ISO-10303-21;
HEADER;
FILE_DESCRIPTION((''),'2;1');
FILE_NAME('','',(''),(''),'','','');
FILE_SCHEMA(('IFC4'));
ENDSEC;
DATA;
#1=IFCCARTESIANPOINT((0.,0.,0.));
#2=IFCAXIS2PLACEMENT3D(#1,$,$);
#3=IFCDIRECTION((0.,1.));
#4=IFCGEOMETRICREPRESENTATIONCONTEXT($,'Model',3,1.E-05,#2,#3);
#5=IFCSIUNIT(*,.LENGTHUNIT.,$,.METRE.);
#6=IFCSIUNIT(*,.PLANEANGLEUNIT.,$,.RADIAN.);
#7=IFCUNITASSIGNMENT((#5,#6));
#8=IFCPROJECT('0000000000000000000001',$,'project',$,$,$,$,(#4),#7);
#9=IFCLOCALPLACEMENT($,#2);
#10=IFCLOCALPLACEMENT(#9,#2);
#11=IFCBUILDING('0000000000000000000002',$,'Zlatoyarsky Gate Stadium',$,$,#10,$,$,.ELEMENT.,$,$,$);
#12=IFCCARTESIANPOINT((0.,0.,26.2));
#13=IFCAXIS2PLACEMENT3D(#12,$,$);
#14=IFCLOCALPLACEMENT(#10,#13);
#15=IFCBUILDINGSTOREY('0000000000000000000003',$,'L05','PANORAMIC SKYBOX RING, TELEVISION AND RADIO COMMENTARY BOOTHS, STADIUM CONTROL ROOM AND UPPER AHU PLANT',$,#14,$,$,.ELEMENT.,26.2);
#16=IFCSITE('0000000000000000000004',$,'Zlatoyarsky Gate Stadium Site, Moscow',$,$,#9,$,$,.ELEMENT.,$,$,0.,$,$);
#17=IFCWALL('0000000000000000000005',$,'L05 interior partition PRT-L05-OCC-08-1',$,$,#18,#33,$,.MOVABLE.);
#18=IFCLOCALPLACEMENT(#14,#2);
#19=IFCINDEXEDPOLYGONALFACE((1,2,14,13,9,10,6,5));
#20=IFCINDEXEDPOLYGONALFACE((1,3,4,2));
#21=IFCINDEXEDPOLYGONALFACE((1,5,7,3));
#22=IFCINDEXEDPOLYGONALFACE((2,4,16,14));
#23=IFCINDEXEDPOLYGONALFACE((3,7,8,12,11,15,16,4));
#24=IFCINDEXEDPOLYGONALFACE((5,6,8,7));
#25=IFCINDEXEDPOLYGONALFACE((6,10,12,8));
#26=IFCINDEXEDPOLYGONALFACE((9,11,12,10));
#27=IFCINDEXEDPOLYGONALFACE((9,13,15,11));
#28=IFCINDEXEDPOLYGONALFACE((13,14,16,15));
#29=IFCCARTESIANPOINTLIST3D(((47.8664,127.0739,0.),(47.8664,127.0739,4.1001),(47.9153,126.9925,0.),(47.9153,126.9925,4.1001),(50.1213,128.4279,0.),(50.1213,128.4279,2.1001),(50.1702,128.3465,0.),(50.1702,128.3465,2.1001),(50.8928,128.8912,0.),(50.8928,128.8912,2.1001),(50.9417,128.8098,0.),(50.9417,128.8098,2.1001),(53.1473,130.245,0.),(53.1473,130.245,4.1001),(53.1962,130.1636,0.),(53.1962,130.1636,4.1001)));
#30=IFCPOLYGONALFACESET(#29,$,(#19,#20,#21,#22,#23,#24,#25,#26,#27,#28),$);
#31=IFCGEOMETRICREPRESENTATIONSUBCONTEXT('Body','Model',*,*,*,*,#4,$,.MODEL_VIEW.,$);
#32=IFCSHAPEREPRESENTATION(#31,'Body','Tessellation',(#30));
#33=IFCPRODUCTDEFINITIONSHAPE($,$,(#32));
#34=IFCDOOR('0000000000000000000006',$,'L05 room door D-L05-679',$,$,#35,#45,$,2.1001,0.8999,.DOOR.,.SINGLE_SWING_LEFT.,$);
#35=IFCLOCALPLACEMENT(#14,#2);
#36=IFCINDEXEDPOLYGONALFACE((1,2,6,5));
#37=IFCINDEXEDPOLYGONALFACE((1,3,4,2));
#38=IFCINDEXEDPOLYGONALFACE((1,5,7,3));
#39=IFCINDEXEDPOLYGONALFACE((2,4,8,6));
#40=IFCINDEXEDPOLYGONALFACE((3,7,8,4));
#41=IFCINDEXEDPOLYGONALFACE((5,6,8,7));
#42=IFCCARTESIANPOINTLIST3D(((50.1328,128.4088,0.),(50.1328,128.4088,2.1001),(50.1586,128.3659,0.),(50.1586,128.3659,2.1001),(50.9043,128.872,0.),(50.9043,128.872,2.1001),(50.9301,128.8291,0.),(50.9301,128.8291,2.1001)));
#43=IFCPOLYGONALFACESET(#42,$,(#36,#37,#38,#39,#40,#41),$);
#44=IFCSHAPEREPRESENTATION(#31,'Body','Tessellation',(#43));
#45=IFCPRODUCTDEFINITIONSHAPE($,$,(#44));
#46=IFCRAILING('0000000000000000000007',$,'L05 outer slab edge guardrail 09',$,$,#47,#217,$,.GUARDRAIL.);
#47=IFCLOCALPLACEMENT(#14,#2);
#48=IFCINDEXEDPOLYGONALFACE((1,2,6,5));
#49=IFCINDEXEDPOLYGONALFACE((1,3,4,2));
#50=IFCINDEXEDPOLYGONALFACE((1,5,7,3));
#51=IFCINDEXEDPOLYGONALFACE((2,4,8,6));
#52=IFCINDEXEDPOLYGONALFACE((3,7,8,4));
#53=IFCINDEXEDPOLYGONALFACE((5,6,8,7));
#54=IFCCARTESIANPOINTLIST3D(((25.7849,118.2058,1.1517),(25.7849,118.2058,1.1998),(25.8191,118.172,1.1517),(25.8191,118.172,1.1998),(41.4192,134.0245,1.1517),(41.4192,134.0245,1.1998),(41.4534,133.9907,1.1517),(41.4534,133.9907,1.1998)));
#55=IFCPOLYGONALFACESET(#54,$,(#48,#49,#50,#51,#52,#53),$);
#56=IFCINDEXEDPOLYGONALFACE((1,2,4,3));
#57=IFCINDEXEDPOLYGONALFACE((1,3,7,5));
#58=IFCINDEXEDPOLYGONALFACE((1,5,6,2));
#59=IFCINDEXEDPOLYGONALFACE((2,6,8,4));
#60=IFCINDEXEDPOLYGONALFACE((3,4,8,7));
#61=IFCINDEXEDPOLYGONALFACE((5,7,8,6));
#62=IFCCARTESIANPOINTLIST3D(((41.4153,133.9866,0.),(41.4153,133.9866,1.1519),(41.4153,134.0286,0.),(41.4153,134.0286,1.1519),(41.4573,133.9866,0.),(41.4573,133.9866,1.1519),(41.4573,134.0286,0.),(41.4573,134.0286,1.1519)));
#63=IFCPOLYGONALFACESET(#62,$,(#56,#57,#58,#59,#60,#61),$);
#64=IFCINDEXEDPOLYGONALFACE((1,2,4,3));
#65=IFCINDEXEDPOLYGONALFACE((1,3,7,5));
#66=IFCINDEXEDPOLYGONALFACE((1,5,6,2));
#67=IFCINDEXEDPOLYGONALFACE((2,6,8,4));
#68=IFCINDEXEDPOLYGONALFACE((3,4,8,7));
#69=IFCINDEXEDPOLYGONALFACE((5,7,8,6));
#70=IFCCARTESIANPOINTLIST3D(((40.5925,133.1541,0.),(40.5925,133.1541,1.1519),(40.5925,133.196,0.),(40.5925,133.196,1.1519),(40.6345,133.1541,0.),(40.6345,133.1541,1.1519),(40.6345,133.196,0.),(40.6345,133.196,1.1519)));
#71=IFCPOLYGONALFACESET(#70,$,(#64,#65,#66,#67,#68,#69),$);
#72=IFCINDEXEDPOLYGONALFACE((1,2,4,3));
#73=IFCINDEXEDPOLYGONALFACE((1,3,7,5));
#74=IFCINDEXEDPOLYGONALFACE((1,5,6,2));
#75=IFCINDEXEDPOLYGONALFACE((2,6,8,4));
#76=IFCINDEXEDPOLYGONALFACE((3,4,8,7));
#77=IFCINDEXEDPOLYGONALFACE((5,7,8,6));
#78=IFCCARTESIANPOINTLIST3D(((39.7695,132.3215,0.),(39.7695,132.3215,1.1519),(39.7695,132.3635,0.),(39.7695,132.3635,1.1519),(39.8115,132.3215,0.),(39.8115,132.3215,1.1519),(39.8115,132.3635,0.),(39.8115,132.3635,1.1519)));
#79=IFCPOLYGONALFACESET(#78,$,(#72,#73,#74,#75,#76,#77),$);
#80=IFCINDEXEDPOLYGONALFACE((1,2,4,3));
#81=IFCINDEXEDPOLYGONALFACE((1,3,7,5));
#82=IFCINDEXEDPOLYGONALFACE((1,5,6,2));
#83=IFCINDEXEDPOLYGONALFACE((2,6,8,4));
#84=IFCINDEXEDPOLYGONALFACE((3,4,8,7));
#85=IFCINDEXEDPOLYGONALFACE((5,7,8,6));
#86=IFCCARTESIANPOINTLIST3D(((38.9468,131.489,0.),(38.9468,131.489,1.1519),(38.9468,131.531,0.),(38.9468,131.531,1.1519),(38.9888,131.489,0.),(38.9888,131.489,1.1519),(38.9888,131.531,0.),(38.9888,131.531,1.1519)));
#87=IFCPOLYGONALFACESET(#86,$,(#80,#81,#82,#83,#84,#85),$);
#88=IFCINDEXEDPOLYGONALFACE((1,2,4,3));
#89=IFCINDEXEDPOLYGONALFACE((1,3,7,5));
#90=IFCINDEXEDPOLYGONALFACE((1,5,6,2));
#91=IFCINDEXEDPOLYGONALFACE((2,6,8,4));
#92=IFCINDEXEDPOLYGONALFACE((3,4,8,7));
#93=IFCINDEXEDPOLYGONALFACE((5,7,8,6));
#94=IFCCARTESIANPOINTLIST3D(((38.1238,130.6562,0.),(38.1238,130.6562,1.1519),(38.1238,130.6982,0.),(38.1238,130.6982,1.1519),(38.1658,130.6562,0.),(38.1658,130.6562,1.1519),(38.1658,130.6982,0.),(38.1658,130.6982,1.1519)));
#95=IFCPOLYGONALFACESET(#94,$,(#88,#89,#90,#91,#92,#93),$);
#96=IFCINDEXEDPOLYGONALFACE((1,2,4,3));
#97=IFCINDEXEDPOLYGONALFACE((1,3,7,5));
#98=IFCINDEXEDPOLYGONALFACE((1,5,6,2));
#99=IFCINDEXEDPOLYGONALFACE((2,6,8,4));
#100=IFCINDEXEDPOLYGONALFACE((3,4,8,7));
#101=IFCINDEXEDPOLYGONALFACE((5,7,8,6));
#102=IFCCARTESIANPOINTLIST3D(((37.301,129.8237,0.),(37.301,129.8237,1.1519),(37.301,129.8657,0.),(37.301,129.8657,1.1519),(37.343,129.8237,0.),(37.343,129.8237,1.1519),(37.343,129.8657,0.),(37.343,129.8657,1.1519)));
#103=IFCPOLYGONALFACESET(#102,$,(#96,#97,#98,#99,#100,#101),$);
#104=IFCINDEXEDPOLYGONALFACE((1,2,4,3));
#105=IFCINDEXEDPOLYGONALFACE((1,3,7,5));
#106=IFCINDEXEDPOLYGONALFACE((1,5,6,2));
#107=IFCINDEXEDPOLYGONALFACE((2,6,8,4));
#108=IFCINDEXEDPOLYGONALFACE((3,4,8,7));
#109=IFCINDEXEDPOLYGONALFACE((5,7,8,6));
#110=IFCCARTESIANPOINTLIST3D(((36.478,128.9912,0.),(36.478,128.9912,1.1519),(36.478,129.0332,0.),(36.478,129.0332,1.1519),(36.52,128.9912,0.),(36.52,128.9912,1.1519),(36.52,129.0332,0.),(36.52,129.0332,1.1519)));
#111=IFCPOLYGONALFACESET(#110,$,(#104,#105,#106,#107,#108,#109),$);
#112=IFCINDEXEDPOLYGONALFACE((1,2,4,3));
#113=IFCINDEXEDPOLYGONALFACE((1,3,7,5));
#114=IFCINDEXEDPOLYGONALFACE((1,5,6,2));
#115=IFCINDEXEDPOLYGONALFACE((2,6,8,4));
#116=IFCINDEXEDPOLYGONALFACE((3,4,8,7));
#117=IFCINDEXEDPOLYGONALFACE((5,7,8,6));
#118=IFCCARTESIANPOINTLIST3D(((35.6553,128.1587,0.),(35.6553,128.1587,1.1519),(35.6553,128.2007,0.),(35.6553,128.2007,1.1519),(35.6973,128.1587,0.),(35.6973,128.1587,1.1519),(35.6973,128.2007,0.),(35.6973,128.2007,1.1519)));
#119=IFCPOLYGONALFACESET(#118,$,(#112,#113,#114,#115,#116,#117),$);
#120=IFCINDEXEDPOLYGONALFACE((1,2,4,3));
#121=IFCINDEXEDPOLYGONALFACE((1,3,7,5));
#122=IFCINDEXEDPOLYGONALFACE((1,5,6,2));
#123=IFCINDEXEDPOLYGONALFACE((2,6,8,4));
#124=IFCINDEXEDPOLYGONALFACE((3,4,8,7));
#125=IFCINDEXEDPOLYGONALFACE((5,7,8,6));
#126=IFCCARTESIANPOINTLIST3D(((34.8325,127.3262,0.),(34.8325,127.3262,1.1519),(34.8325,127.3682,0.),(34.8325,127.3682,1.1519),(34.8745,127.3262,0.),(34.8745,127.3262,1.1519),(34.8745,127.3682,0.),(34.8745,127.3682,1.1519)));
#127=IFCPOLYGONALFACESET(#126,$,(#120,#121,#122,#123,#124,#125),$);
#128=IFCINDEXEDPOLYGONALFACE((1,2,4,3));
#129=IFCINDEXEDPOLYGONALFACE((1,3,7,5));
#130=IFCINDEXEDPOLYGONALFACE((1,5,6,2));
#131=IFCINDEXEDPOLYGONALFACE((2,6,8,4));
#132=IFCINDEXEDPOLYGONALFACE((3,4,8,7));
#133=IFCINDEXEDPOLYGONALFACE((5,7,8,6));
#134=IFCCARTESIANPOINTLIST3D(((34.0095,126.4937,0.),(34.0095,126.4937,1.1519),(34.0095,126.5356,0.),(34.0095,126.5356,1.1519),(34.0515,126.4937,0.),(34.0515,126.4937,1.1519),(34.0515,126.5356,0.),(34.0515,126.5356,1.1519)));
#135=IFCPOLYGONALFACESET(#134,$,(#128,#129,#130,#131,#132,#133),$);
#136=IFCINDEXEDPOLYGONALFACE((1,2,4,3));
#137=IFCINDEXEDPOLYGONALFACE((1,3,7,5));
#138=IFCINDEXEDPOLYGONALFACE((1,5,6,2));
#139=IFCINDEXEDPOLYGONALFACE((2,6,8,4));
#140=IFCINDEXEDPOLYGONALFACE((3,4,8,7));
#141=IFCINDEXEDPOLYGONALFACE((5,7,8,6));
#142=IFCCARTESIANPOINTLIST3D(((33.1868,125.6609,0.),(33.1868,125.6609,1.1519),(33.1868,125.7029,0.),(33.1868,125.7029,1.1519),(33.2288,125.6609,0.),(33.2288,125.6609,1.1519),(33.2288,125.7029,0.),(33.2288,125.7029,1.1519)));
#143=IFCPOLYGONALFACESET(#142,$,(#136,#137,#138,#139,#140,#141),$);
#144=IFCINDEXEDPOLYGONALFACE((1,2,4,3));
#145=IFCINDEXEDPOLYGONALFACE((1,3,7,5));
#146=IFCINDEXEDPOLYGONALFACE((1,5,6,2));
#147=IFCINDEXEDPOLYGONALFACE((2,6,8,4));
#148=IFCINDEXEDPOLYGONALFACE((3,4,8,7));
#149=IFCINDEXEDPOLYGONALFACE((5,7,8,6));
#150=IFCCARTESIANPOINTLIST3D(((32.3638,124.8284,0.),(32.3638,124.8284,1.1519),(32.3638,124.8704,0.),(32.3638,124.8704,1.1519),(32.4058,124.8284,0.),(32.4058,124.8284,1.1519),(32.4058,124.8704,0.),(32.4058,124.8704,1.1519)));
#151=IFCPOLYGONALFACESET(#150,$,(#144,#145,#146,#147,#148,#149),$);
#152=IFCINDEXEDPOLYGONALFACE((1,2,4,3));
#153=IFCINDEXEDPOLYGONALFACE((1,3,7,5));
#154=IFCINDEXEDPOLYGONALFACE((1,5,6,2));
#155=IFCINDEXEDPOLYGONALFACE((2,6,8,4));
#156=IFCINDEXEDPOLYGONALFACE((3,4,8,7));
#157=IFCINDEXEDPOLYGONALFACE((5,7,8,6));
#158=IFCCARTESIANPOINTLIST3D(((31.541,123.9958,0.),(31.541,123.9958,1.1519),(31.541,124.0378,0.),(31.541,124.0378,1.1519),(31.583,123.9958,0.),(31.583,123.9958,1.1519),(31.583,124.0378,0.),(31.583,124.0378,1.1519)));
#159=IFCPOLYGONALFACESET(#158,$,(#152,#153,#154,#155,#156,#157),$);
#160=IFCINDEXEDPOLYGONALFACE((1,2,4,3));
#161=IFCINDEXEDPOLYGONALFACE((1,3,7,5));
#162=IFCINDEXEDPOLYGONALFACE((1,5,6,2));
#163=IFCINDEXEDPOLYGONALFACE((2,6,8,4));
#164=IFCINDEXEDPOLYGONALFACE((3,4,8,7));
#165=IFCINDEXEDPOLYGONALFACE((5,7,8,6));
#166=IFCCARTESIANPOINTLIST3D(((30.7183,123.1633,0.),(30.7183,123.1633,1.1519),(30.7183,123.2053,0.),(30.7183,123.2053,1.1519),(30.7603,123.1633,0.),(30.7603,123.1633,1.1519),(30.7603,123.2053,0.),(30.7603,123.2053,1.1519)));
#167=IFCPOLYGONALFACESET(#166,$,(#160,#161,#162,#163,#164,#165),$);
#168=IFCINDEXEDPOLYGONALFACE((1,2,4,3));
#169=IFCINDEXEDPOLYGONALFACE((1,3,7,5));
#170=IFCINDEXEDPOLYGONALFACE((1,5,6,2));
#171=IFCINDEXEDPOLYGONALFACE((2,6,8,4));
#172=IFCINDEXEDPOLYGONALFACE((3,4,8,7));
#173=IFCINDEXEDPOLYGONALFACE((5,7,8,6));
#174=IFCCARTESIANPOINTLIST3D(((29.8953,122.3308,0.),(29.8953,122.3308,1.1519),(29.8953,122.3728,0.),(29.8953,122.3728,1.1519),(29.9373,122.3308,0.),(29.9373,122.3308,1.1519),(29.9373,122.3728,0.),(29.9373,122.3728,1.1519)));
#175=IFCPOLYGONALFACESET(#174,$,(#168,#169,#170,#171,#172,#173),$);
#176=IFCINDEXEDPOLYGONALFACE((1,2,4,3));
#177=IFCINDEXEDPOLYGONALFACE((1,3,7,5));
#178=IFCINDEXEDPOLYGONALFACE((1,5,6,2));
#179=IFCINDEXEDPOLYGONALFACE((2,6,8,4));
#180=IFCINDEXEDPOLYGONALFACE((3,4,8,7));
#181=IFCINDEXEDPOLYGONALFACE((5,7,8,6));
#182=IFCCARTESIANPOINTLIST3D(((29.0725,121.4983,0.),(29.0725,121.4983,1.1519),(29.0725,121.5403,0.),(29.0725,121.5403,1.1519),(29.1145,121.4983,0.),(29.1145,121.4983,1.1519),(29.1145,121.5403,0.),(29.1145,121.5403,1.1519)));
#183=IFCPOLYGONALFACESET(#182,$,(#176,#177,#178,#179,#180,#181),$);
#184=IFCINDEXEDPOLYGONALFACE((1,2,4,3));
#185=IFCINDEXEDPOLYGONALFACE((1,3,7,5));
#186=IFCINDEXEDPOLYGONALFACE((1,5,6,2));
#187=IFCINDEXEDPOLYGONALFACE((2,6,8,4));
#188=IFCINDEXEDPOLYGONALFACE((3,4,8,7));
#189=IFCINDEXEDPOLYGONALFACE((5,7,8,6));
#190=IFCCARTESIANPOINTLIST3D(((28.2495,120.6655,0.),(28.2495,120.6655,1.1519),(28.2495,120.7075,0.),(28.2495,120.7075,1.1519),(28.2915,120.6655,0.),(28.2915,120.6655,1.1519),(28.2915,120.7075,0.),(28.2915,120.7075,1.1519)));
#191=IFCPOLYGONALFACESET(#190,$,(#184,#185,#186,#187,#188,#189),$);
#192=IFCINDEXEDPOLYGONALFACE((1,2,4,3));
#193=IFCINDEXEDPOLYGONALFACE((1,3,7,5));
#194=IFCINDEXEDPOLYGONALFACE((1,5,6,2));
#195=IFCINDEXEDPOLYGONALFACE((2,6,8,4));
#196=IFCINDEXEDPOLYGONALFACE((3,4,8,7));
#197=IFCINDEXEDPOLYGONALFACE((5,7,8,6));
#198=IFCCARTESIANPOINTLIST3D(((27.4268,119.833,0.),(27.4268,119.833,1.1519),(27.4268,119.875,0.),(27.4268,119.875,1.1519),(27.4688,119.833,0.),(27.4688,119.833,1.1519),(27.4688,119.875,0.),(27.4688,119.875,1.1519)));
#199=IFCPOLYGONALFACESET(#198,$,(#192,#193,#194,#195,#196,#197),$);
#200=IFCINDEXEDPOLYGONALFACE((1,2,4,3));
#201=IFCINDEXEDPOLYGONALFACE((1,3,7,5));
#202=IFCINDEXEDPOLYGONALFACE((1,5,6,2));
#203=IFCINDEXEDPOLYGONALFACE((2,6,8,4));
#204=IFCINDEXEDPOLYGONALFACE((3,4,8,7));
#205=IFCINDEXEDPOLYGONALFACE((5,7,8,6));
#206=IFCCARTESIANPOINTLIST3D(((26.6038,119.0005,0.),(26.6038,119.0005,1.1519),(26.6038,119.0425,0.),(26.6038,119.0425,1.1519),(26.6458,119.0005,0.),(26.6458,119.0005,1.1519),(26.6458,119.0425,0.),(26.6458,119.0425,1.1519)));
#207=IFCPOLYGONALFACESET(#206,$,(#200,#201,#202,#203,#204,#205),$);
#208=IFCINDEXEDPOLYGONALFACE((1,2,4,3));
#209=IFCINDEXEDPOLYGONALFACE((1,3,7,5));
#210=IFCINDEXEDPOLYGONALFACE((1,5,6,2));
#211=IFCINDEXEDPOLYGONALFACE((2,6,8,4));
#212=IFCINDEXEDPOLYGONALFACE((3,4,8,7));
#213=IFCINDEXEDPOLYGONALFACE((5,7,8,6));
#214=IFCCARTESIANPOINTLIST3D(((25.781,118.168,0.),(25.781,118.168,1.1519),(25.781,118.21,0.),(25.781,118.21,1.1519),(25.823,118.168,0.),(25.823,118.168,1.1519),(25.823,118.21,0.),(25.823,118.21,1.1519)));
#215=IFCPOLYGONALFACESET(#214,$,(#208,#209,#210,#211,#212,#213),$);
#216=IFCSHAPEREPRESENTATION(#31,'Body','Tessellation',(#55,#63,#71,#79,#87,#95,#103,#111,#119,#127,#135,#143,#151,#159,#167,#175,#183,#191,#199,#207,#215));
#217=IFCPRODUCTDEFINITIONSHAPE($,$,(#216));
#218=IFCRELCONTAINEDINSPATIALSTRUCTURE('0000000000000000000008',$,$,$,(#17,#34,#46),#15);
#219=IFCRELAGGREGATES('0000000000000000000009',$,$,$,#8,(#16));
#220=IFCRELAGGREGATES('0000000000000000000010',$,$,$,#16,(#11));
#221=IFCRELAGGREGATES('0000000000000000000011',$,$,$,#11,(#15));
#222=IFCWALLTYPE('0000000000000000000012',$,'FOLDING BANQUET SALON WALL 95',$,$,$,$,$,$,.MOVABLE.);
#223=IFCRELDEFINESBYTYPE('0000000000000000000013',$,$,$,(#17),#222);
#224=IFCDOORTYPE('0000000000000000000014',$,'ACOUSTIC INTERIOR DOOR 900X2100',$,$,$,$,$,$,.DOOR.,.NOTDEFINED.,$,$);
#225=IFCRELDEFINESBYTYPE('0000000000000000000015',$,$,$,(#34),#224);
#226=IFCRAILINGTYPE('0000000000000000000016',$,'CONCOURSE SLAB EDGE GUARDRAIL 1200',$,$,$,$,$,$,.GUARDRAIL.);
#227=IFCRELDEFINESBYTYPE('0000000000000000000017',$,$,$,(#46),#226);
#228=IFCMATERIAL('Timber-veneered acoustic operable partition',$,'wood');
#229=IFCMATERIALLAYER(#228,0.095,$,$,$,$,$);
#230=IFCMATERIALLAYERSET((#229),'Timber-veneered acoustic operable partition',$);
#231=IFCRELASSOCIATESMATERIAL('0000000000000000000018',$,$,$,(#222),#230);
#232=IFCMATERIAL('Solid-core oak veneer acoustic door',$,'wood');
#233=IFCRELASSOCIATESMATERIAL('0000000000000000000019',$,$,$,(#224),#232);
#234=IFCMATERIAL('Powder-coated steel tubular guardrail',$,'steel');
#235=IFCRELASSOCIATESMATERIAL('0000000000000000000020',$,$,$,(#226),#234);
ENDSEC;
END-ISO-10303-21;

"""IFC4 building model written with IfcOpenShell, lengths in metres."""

from ifc_helpers import new_model, si_unit, direction, frame, frame_2d, origin, origin_2d, place, context, subcontext, project, spatial, rectangle, extrude, material, layer, layer_set, type_object, element, fill, save


model = new_model("IFC4")

# Units and contexts
model_context = context("Model", 3, precision=1e-05, world=origin(), true_north=direction((0.0, 1.0)))
body_context = subcontext(model_context, "Body", "Model", "MODEL_VIEW")
ifc_project = project(units=[si_unit("LENGTHUNIT", "METRE"), si_unit("PLANEANGLEUNIT", "RADIAN")], contexts=[model_context])

# Site, building, storey
site_placement = place(None, origin())
site = spatial("IfcSite", under=ifc_project, at=site_placement, Name="Zlatoyarsky Gate Stadium Site, Moscow", CompositionType="ELEMENT", RefElevation=0.0)
building_placement = place(site_placement, origin())
building = spatial("IfcBuilding", under=site, at=building_placement, Name="Zlatoyarsky Gate Stadium", CompositionType="ELEMENT")
storey_placement = place(building_placement, frame((0.0, 0.0, 26.2)))
storey = spatial("IfcBuildingStorey", under=building, at=storey_placement, Name="L05", Description="PANORAMIC SKYBOX RING, TELEVISION AND RADIO COMMENTARY BOOTHS, STADIUM CONTROL ROOM AND UPPER AHU PLANT", CompositionType="ELEMENT", Elevation=26.2)

# Wall, opening, door
ifc_material_1 = material(Name="Timber-veneered acoustic operable partition", Category="wood")
ifc_layer_1 = layer(ifc_material_1, 0.095)
ifc_layer_set_1 = layer_set([ifc_layer_1], Name="Timber-veneered acoustic operable partition")
wall_type_1 = type_object("IfcWallType", Name="FOLDING BANQUET SALON WALL 95", PredefinedType="MOVABLE", material=ifc_layer_set_1)
wall_1_placement = place(storey_placement, frame((53.1719, 130.2043, 0.0), z_axis=(0.0, 0.0, 1.0), x_axis=(-0.857311, -0.514799, 0.0)))
wall_1 = element("IfcWall", 1, at=wall_1_placement, inside=storey, type_object=wall_type_1, Name="L05 interior partition PRT-L05-OCC-08-1", PredefinedType="MOVABLE", context=body_context, shape_type="SweptSolid", body=[
    extrude(rectangle(XDim=6.1599, YDim=0.095, at=frame_2d((3.0801, 0.0))), origin(), (0.0, 0.0, 1.0), 4.1001),
])
opening_1_placement = place(wall_1_placement, frame((2.6299, 0.0, 0.0)))
opening_1 = element("IfcOpeningElement", 2, at=opening_1_placement, cuts=wall_1, PredefinedType="OPENING", context=body_context, shape_type="SweptSolid", body=[
    extrude(rectangle(XDim=0.8999, YDim=2.1001, at=frame_2d((0.45, 1.05))), frame((0.0, 0.0574, 0.0), z_axis=(0.0, -1.0, 0.0), x_axis=(1.0, 0.0, 0.0)), (0.0, 0.0, 1.0), 0.115),
])
ifc_material_2 = material(Name="Solid-core oak veneer acoustic door", Category="wood")
door_type_1 = type_object("IfcDoorType", Name="ACOUSTIC INTERIOR DOOR 900X2100", OperationType="NOTDEFINED", PredefinedType="DOOR", material=ifc_material_2)
door_1_placement = place(opening_1_placement, origin())
door_1 = element("IfcDoor", 3, at=door_1_placement, inside=storey, type_object=door_type_1, Name="L05 room door D-L05-679", OperationType="SINGLE_SWING_LEFT", OverallHeight=2.1001, OverallWidth=0.8999, PredefinedType="DOOR", context=body_context, shape_type="SweptSolid", body=[
    extrude(rectangle(XDim=0.8999, YDim=2.1001, at=frame_2d((0.45, 1.05))), frame((0.0, 0.0249, 0.0), z_axis=(0.0, -1.0, 0.0), x_axis=(1.0, 0.0, 0.0)), (0.0, 0.0, 1.0), 0.05),
])
fill(opening_1, door_1)

# Railing
ifc_material_3 = material(Name="Powder-coated steel tubular guardrail", Category="steel")
railing_type = type_object("IfcRailingType", Name="CONCOURSE SLAB EDGE GUARDRAIL 1200", PredefinedType="GUARDRAIL", material=ifc_material_3)
railing_placement = place(storey_placement, frame((41.4363, 134.0076, 0.0)))
element("IfcRailing", 4, at=railing_placement, inside=storey, type_object=railing_type, Name="L05 outer slab edge guardrail 09", PredefinedType="GUARDRAIL", context=body_context, shape_type="SweptSolid", body=[
    extrude(rectangle(XDim=0.0481, YDim=0.0481, at=origin_2d()), frame((0.0, 0.0, 1.1758), z_axis=(-0.702951, -0.711238, 0.0), x_axis=(0.711238, -0.702951, 0.0)), (0.0, 0.0, 1.0), 22.241),
    extrude(rectangle(XDim=0.042, YDim=0.042, at=origin_2d()), origin(), (0.0, 0.0, 1.0), 1.1519),
    extrude(rectangle(XDim=0.042, YDim=0.042, at=origin_2d()), frame((-0.8228, -0.8325, 0.0)), (0.0, 0.0, 1.0), 1.1519),
    extrude(rectangle(XDim=0.042, YDim=0.042, at=origin_2d()), frame((-1.6458, -1.665, 0.0)), (0.0, 0.0, 1.0), 1.1519),
    extrude(rectangle(XDim=0.042, YDim=0.042, at=origin_2d()), frame((-2.4685, -2.4976, 0.0)), (0.0, 0.0, 1.0), 1.1519),
    extrude(rectangle(XDim=0.042, YDim=0.042, at=origin_2d()), frame((-3.2915, -3.3303, 0.0)), (0.0, 0.0, 1.0), 1.1519),
    extrude(rectangle(XDim=0.042, YDim=0.042, at=origin_2d()), frame((-4.1143, -4.1628, 0.0)), (0.0, 0.0, 1.0), 1.1519),
    extrude(rectangle(XDim=0.042, YDim=0.042, at=origin_2d()), frame((-4.9373, -4.9954, 0.0)), (0.0, 0.0, 1.0), 1.1519),
    extrude(rectangle(XDim=0.042, YDim=0.042, at=origin_2d()), frame((-5.76, -5.8279, 0.0)), (0.0, 0.0, 1.0), 1.1519),
    extrude(rectangle(XDim=0.042, YDim=0.042, at=origin_2d()), frame((-6.5828, -6.6604, 0.0)), (0.0, 0.0, 1.0), 1.1519),
    extrude(rectangle(XDim=0.042, YDim=0.042, at=origin_2d()), frame((-7.4058, -7.4929, 0.0)), (0.0, 0.0, 1.0), 1.1519),
    extrude(rectangle(XDim=0.042, YDim=0.042, at=origin_2d()), frame((-8.2285, -8.3257, 0.0)), (0.0, 0.0, 1.0), 1.1519),
    extrude(rectangle(XDim=0.042, YDim=0.042, at=origin_2d()), frame((-9.0515, -9.1582, 0.0)), (0.0, 0.0, 1.0), 1.1519),
    extrude(rectangle(XDim=0.042, YDim=0.042, at=origin_2d()), frame((-9.8743, -9.9907, 0.0)), (0.0, 0.0, 1.0), 1.1519),
    extrude(rectangle(XDim=0.042, YDim=0.042, at=origin_2d()), frame((-10.697, -10.8232, 0.0)), (0.0, 0.0, 1.0), 1.1519),
    extrude(rectangle(XDim=0.042, YDim=0.042, at=origin_2d()), frame((-11.52, -11.6558, 0.0)), (0.0, 0.0, 1.0), 1.1519),
    extrude(rectangle(XDim=0.042, YDim=0.042, at=origin_2d()), frame((-12.3428, -12.4883, 0.0)), (0.0, 0.0, 1.0), 1.1519),
    extrude(rectangle(XDim=0.042, YDim=0.042, at=origin_2d()), frame((-13.1658, -13.321, 0.0)), (0.0, 0.0, 1.0), 1.1519),
    extrude(rectangle(XDim=0.042, YDim=0.042, at=origin_2d()), frame((-13.9885, -14.1536, 0.0)), (0.0, 0.0, 1.0), 1.1519),
    extrude(rectangle(XDim=0.042, YDim=0.042, at=origin_2d()), frame((-14.8115, -14.9861, 0.0)), (0.0, 0.0, 1.0), 1.1519),
    extrude(rectangle(XDim=0.042, YDim=0.042, at=origin_2d()), frame((-15.6343, -15.8186, 0.0)), (0.0, 0.0, 1.0), 1.1519),
])

save(model, "model.ifc")
